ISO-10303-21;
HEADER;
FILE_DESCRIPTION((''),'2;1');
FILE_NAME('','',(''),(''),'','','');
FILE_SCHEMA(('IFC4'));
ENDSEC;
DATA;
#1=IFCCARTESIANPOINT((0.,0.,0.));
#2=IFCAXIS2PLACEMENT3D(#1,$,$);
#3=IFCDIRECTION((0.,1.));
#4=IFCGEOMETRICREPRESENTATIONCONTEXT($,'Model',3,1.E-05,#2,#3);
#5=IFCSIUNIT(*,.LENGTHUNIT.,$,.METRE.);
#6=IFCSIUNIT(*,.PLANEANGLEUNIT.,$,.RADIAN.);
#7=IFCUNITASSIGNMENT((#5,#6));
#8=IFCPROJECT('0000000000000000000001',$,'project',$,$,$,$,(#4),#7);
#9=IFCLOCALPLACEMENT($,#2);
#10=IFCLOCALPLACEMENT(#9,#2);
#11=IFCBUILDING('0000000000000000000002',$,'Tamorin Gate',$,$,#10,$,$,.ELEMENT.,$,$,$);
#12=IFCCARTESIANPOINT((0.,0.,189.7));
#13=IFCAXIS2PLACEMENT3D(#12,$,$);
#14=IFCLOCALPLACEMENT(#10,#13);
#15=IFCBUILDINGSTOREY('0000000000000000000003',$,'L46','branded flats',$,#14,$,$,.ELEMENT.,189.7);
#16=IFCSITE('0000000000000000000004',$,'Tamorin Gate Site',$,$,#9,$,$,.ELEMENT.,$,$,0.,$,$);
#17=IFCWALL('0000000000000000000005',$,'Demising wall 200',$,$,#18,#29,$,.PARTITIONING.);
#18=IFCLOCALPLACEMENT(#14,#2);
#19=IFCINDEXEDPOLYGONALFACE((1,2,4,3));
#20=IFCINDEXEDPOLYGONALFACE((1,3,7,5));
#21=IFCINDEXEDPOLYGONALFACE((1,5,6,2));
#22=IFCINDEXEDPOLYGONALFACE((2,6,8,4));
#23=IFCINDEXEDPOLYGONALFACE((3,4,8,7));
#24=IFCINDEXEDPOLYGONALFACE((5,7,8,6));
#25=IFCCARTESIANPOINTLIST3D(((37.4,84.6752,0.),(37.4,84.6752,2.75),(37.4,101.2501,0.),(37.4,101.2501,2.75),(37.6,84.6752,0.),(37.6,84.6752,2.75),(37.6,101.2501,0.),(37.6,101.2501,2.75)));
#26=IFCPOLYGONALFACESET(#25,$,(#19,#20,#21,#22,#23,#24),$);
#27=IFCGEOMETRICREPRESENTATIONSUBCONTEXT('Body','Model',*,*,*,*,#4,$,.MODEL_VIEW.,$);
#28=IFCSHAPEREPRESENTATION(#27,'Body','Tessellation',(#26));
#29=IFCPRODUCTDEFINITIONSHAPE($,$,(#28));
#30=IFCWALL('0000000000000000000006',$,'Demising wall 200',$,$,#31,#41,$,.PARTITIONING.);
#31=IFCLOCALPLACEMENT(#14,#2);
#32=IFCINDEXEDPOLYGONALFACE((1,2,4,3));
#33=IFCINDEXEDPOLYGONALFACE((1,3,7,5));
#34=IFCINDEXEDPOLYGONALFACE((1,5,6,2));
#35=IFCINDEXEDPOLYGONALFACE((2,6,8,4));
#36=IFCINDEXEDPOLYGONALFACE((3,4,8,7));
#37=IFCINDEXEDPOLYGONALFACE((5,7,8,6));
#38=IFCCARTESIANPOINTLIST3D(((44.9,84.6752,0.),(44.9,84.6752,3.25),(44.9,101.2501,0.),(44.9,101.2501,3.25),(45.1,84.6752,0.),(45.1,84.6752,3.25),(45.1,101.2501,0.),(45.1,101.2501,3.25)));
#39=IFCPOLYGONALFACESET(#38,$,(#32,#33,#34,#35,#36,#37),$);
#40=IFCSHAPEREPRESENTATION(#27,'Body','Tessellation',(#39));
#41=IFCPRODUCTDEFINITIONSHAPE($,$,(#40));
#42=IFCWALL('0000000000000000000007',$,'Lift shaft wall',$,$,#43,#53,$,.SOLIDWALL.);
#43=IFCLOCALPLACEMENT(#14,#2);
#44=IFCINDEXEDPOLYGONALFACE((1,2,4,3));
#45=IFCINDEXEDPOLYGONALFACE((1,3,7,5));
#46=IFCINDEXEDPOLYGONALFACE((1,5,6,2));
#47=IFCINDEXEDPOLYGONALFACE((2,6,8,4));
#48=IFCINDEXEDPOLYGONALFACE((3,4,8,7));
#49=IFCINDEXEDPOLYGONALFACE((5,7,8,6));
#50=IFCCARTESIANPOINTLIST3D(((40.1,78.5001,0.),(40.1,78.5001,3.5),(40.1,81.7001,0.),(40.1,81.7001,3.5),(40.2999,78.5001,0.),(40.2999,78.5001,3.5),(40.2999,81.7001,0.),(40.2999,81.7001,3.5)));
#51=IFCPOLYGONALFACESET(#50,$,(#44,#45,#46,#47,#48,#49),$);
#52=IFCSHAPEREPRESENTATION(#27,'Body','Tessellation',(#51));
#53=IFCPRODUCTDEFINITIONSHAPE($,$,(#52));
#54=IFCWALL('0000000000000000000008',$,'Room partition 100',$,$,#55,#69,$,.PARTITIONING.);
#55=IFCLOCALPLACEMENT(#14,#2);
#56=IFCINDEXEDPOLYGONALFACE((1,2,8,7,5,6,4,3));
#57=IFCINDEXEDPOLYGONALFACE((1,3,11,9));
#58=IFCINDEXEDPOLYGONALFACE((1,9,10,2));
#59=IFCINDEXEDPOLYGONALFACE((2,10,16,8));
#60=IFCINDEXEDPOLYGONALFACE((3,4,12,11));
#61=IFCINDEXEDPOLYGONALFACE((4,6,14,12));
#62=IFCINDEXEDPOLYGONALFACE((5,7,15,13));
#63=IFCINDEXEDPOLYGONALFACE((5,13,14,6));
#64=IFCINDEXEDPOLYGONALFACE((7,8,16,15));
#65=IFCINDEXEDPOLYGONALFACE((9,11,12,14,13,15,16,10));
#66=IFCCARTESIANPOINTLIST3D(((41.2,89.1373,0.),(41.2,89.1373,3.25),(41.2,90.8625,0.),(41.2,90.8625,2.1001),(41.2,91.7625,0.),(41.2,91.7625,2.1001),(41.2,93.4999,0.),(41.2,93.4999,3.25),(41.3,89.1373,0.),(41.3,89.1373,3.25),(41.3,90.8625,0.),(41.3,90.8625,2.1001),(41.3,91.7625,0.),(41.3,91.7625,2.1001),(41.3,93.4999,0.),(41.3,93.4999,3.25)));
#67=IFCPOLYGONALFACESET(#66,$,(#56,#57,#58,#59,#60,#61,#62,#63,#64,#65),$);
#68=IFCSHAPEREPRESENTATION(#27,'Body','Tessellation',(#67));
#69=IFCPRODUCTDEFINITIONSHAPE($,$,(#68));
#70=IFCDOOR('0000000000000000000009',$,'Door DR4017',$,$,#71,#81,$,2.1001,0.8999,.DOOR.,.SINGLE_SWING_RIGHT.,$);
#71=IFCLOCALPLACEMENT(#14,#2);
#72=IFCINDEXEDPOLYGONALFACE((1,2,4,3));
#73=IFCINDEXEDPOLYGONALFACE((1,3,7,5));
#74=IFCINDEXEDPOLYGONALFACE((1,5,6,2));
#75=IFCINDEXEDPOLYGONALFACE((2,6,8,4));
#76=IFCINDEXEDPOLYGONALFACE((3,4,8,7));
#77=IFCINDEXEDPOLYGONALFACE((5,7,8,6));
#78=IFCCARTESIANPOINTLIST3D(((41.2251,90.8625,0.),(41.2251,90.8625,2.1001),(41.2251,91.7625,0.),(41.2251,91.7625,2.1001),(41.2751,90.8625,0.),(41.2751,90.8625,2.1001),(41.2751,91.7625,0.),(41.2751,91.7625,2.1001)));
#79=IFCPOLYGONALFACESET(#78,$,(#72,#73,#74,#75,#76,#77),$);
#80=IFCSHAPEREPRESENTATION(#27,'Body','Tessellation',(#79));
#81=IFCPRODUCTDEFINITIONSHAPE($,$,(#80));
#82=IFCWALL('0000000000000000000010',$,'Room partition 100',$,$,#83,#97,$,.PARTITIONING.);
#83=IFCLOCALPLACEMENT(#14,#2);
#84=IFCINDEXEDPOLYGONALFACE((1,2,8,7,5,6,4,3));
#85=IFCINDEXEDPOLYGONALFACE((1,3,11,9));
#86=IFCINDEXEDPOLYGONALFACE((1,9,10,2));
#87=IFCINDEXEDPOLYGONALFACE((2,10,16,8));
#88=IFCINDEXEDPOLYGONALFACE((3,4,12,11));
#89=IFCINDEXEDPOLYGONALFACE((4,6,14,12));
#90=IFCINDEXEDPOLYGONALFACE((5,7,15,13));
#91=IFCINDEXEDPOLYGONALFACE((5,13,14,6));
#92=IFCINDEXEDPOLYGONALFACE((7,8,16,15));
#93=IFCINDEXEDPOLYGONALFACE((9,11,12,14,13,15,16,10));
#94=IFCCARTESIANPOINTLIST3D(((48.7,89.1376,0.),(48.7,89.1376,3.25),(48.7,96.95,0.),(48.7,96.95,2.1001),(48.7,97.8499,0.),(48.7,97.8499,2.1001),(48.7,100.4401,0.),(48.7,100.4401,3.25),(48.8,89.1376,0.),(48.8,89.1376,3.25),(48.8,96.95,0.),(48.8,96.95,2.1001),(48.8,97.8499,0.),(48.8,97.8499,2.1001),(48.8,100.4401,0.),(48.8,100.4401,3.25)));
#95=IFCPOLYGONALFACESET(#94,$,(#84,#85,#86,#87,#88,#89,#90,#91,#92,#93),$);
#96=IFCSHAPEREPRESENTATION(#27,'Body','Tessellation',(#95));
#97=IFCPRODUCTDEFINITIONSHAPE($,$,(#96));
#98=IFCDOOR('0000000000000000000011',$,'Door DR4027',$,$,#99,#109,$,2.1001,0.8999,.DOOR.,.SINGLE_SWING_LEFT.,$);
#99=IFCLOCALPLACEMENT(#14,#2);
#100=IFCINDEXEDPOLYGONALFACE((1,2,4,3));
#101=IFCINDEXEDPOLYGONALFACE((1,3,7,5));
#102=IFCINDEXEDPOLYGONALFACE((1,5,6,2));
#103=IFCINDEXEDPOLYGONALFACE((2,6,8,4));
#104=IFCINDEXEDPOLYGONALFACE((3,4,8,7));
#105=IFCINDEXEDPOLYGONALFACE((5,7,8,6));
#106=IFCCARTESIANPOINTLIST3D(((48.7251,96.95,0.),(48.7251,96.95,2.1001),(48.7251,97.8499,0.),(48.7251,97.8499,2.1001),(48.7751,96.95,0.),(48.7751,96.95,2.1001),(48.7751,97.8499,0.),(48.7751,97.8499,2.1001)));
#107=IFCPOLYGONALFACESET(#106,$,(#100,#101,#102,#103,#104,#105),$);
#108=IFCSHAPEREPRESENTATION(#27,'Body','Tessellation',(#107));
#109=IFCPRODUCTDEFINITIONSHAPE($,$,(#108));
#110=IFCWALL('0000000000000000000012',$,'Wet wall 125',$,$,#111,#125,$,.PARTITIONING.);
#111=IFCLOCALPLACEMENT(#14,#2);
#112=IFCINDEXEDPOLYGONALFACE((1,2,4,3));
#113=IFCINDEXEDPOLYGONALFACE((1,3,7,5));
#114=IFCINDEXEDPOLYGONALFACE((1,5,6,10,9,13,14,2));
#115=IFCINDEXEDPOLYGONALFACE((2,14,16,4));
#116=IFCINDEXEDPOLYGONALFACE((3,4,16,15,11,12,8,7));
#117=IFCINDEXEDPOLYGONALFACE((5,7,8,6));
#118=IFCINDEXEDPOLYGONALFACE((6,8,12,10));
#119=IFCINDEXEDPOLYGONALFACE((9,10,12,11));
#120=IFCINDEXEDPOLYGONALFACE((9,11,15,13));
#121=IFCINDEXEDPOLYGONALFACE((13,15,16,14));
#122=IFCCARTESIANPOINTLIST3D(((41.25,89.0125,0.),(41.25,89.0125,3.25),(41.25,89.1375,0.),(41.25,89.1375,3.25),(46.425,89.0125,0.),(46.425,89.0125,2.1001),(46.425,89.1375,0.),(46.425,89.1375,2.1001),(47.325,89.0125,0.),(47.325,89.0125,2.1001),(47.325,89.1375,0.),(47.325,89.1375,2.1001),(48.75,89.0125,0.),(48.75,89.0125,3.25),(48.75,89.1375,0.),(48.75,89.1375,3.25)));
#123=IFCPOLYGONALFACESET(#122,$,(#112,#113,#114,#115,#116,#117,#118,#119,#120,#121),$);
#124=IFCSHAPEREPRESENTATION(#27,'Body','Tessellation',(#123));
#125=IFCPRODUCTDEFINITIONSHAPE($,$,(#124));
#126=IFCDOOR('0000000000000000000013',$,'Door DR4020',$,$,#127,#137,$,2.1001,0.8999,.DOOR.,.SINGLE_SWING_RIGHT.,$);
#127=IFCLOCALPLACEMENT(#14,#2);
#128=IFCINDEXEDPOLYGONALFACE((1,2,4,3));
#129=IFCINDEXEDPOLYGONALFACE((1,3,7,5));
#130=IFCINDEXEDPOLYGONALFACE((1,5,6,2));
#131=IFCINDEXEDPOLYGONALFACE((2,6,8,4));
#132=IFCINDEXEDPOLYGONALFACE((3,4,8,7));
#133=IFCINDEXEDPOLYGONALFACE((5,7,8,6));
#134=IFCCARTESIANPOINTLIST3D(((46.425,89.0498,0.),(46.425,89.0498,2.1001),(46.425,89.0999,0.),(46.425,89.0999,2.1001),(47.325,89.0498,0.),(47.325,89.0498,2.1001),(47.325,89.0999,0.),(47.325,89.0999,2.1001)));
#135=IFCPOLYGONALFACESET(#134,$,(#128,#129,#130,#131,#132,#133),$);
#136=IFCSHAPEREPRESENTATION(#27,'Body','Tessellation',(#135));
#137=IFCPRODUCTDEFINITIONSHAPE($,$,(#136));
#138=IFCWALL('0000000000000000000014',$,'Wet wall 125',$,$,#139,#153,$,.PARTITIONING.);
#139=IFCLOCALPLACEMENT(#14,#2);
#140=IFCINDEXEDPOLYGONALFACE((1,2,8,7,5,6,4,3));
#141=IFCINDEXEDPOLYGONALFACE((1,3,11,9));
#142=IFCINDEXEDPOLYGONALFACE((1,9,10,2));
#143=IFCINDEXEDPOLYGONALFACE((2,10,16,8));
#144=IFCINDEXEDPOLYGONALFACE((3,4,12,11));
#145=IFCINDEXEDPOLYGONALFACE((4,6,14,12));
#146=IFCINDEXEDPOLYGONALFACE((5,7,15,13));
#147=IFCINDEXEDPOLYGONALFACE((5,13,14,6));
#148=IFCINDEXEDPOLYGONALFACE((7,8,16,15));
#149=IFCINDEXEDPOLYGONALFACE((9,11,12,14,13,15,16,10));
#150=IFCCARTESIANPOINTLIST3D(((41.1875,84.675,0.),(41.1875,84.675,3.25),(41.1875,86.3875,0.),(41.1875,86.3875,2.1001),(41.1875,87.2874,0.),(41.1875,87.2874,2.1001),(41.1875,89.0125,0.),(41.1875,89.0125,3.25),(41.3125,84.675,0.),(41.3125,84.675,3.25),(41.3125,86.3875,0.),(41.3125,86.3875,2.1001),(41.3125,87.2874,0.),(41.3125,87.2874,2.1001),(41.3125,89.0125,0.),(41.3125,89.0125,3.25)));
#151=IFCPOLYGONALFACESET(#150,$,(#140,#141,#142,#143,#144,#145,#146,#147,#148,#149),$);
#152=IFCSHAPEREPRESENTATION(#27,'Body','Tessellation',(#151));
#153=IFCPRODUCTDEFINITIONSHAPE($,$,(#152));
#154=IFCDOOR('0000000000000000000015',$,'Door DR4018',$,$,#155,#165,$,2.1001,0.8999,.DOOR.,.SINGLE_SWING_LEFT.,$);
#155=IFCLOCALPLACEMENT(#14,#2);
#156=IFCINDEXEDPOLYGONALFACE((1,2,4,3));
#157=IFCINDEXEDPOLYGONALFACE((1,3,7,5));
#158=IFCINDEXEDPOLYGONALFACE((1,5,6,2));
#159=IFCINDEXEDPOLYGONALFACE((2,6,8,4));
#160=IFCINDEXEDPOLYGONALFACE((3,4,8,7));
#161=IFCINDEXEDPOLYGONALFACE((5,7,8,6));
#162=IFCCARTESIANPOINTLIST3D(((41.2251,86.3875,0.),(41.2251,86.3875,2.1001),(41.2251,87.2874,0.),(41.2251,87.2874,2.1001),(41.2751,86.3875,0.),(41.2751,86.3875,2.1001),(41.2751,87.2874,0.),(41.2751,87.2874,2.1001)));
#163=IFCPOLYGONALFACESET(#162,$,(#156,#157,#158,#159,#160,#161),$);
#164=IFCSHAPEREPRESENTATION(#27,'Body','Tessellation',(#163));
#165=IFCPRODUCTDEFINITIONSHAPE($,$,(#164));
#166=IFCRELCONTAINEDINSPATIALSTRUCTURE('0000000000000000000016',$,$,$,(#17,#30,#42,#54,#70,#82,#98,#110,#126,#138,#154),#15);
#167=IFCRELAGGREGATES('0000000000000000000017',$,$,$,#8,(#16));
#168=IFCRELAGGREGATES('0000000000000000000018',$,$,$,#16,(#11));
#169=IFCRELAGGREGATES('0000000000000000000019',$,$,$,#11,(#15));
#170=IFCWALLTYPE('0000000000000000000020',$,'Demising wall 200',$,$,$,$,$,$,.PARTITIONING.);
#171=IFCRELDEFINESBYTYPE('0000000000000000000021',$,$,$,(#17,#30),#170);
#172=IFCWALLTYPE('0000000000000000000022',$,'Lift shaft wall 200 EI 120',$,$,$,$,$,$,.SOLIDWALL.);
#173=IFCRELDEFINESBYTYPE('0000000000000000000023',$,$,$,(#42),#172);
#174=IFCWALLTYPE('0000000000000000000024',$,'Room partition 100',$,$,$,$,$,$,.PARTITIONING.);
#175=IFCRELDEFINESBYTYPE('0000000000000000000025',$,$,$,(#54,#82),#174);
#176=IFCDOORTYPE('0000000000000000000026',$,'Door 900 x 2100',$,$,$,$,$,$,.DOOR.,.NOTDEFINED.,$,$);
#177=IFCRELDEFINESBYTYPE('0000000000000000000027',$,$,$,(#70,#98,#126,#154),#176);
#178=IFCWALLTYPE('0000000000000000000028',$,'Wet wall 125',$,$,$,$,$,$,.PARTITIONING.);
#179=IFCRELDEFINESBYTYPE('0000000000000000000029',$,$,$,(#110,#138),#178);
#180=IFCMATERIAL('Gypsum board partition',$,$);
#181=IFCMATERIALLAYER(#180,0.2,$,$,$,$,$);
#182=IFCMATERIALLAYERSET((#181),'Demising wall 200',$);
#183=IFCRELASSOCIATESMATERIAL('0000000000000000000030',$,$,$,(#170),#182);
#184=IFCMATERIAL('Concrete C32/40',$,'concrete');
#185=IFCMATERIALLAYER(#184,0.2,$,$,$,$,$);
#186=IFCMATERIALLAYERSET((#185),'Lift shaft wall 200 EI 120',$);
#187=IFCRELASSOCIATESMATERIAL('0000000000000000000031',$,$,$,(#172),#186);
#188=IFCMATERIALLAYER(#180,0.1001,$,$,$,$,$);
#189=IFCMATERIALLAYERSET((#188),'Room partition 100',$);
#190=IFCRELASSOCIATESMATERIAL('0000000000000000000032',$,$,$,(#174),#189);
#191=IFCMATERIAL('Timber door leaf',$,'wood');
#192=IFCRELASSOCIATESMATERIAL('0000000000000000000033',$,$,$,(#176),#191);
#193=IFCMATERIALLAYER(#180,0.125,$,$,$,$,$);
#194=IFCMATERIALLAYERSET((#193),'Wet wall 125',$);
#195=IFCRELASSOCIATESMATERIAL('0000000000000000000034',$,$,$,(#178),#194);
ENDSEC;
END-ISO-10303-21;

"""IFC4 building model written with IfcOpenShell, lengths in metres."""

from ifc_helpers import new_model, si_unit, direction, frame, frame_2d, origin, place, context, subcontext, project, spatial, rectangle, extrude, material, layer, layer_set, type_object, element, fill, save


model = new_model("IFC4")

# Units and contexts
model_context = context("Model", 3, precision=1e-05, world=origin(), true_north=direction((0.0, 1.0)))
body_context = subcontext(model_context, "Body", "Model", "MODEL_VIEW")
ifc_project = project(units=[si_unit("LENGTHUNIT", "METRE"), si_unit("PLANEANGLEUNIT", "RADIAN")], contexts=[model_context])

# Site, building, storey
site_placement = place(None, origin())
site = spatial("IfcSite", under=ifc_project, at=site_placement, Name="Tamorin Gate Site", CompositionType="ELEMENT", RefElevation=0.0)
building_placement = place(site_placement, origin())
building = spatial("IfcBuilding", under=site, at=building_placement, Name="Tamorin Gate", CompositionType="ELEMENT")
storey_placement = place(building_placement, frame((0.0, 0.0, 189.7)))
storey = spatial("IfcBuildingStorey", under=building, at=storey_placement, Name="L46", Description="branded flats", CompositionType="ELEMENT", Elevation=189.7)

# Walls
ifc_material_1 = material(Name="Gypsum board partition")
ifc_layer_1 = layer(ifc_material_1, 0.2)
ifc_layer_set_1 = layer_set([ifc_layer_1], Name="Demising wall 200")
wall_type_1 = type_object("IfcWallType", Name="Demising wall 200", PredefinedType="PARTITIONING", material=ifc_layer_set_1)
wall_1_placement = place(storey_placement, frame((37.5, 84.675, 0.0), z_axis=(0.0, 0.0, 1.0), x_axis=(0.0, 1.0, 0.0)))
element("IfcWall", 1, at=wall_1_placement, inside=storey, type_object=wall_type_1, Name="Demising wall 200", PredefinedType="PARTITIONING", context=body_context, shape_type="SweptSolid", body=[
    extrude(rectangle(XDim=16.575, YDim=0.2, at=frame_2d((8.2876, 0.0))), origin(), (0.0, 0.0, 1.0), 2.75),
])
wall_2_placement = place(storey_placement, frame((45.0, 84.675, 0.0), z_axis=(0.0, 0.0, 1.0), x_axis=(0.0, 1.0, 0.0)))
element("IfcWall", 2, at=wall_2_placement, inside=storey, type_object=wall_type_1, Name="Demising wall 200", PredefinedType="PARTITIONING", context=body_context, shape_type="SweptSolid", body=[
    extrude(rectangle(XDim=16.575, YDim=0.2, at=frame_2d((8.2876, 0.0))), origin(), (0.0, 0.0, 1.0), 3.25),
])
ifc_material_2 = material(Name="Concrete C32/40", Category="concrete")
ifc_layer_2 = layer(ifc_material_2, 0.2)
ifc_layer_set_2 = layer_set([ifc_layer_2], Name="Lift shaft wall 200 EI 120")
wall_type_2 = type_object("IfcWallType", Name="Lift shaft wall 200 EI 120", PredefinedType="SOLIDWALL", material=ifc_layer_set_2)
wall_3_placement = place(storey_placement, frame((40.2, 78.5, 0.0), z_axis=(0.0, 0.0, 1.0), x_axis=(0.0, 1.0, 0.0)))
element("IfcWall", 3, at=wall_3_placement, inside=storey, type_object=wall_type_2, Name="Lift shaft wall", PredefinedType="SOLIDWALL", context=body_context, shape_type="SweptSolid", body=[
    extrude(rectangle(XDim=3.2, YDim=0.2, at=frame_2d((1.6001, 0.0))), origin(), (0.0, 0.0, 1.0), 3.5),
])

# Walls, openings, doors
ifc_layer_3 = layer(ifc_material_1, 0.1001)
ifc_layer_set_3 = layer_set([ifc_layer_3], Name="Room partition 100")
wall_type_3 = type_object("IfcWallType", Name="Room partition 100", PredefinedType="PARTITIONING", material=ifc_layer_set_3)
wall_4_placement = place(storey_placement, frame((41.25, 89.1375, 0.0), z_axis=(0.0, 0.0, 1.0), x_axis=(0.0, 1.0, 0.0)))
wall_4 = element("IfcWall", 4, at=wall_4_placement, inside=storey, type_object=wall_type_3, Name="Room partition 100", PredefinedType="PARTITIONING", context=body_context, shape_type="SweptSolid", body=[
    extrude(rectangle(XDim=4.3625, YDim=0.1001, at=frame_2d((2.1812, 0.0))), origin(), (0.0, 0.0, 1.0), 3.25),
])
opening_1_placement = place(wall_4_placement, frame((1.7251, 0.0, 0.0)))
opening_1 = element("IfcOpeningElement", 5, at=opening_1_placement, cuts=wall_4, PredefinedType="OPENING", context=body_context, shape_type="SweptSolid", body=[
    extrude(rectangle(XDim=0.8999, YDim=2.1001, at=frame_2d((0.45, 1.05))), frame((0.0, 0.0601, 0.0), z_axis=(0.0, -1.0, 0.0), x_axis=(1.0, 0.0, 0.0)), (0.0, 0.0, 1.0), 0.1201),
])
ifc_material_3 = material(Name="Timber door leaf", Category="wood")
door_type = type_object("IfcDoorType", Name="Door 900 x 2100", OperationType="NOTDEFINED", PredefinedType="DOOR", material=ifc_material_3)
door_1_placement = place(opening_1_placement, origin())
door_1 = element("IfcDoor", 6, at=door_1_placement, inside=storey, type_object=door_type, Name="Door DR4017", OperationType="SINGLE_SWING_RIGHT", OverallHeight=2.1001, OverallWidth=0.8999, PredefinedType="DOOR", context=body_context, shape_type="SweptSolid", body=[
    extrude(rectangle(XDim=0.8999, YDim=2.1001, at=frame_2d((0.45, 1.05))), frame((0.0, 0.0249, 0.0), z_axis=(0.0, -1.0, 0.0), x_axis=(1.0, 0.0, 0.0)), (0.0, 0.0, 1.0), 0.05),
])
fill(opening_1, door_1)
wall_5_placement = place(storey_placement, frame((48.75, 89.1375, 0.0), z_axis=(0.0, 0.0, 1.0), x_axis=(0.0, 1.0, 0.0)))
wall_5 = element("IfcWall", 7, at=wall_5_placement, inside=storey, type_object=wall_type_3, Name="Room partition 100", PredefinedType="PARTITIONING", context=body_context, shape_type="SweptSolid", body=[
    extrude(rectangle(XDim=11.3025, YDim=0.1001, at=frame_2d((5.6514, 0.0))), origin(), (0.0, 0.0, 1.0), 3.25),
])
opening_2_placement = place(wall_5_placement, frame((7.8125, 0.0, 0.0)))
opening_2 = element("IfcOpeningElement", 8, at=opening_2_placement, cuts=wall_5, PredefinedType="OPENING", context=body_context, shape_type="SweptSolid", body=[
    extrude(rectangle(XDim=0.8999, YDim=2.1001, at=frame_2d((0.45, 1.05))), frame((0.0, 0.0601, 0.0), z_axis=(0.0, -1.0, 0.0), x_axis=(1.0, 0.0, 0.0)), (0.0, 0.0, 1.0), 0.1201),
])
door_2_placement = place(opening_2_placement, origin())
door_2 = element("IfcDoor", 9, at=door_2_placement, inside=storey, type_object=door_type, Name="Door DR4027", OperationType="SINGLE_SWING_LEFT", OverallHeight=2.1001, OverallWidth=0.8999, PredefinedType="DOOR", context=body_context, shape_type="SweptSolid", body=[
    extrude(rectangle(XDim=0.8999, YDim=2.1001, at=frame_2d((0.45, 1.05))), frame((0.0, 0.0249, 0.0), z_axis=(0.0, -1.0, 0.0), x_axis=(1.0, 0.0, 0.0)), (0.0, 0.0, 1.0), 0.05),
])
fill(opening_2, door_2)
ifc_layer_4 = layer(ifc_material_1, 0.125)
ifc_layer_set_4 = layer_set([ifc_layer_4], Name="Wet wall 125")
wall_type_4 = type_object("IfcWallType", Name="Wet wall 125", PredefinedType="PARTITIONING", material=ifc_layer_set_4)
wall_6_placement = place(storey_placement, frame((41.25, 89.075, 0.0), z_axis=(0.0, 0.0, 1.0), x_axis=(1.0, 0.0, 0.0)))
wall_6 = element("IfcWall", 10, at=wall_6_placement, inside=storey, type_object=wall_type_4, Name="Wet wall 125", PredefinedType="PARTITIONING", context=body_context, shape_type="SweptSolid", body=[
    extrude(rectangle(XDim=7.5, YDim=0.125, at=frame_2d((3.75, 0.0))), origin(), (0.0, 0.0, 1.0), 3.25),
])
opening_3_placement = place(wall_6_placement, frame((5.175, 0.0, 0.0)))
opening_3 = element("IfcOpeningElement", 11, at=opening_3_placement, cuts=wall_6, PredefinedType="OPENING", context=body_context, shape_type="SweptSolid", body=[
    extrude(rectangle(XDim=0.8999, YDim=2.1001, at=frame_2d((0.45, 1.05))), frame((0.0, 0.0725, 0.0), z_axis=(0.0, -1.0, 0.0), x_axis=(1.0, 0.0, 0.0)), (0.0, 0.0, 1.0), 0.145),
])
door_3_placement = place(opening_3_placement, origin())
door_3 = element("IfcDoor", 12, at=door_3_placement, inside=storey, type_object=door_type, Name="Door DR4020", OperationType="SINGLE_SWING_RIGHT", OverallHeight=2.1001, OverallWidth=0.8999, PredefinedType="DOOR", context=body_context, shape_type="SweptSolid", body=[
    extrude(rectangle(XDim=0.8999, YDim=2.1001, at=frame_2d((0.45, 1.05))), frame((0.0, 0.0249, 0.0), z_axis=(0.0, -1.0, 0.0), x_axis=(1.0, 0.0, 0.0)), (0.0, 0.0, 1.0), 0.05),
])
fill(opening_3, door_3)
wall_7_placement = place(storey_placement, frame((41.25, 84.675, 0.0), z_axis=(0.0, 0.0, 1.0), x_axis=(0.0, 1.0, 0.0)))
wall_7 = element("IfcWall", 13, at=wall_7_placement, inside=storey, type_object=wall_type_4, Name="Wet wall 125", PredefinedType="PARTITIONING", context=body_context, shape_type="SweptSolid", body=[
    extrude(rectangle(XDim=4.3374, YDim=0.125, at=frame_2d((2.1687, 0.0))), origin(), (0.0, 0.0, 1.0), 3.25),
])
opening_4_placement = place(wall_7_placement, frame((1.7124, 0.0, 0.0)))
opening_4 = element("IfcOpeningElement", 14, at=opening_4_placement, cuts=wall_7, PredefinedType="OPENING", context=body_context, shape_type="SweptSolid", body=[
    extrude(rectangle(XDim=0.8999, YDim=2.1001, at=frame_2d((0.45, 1.05))), frame((0.0, 0.0725, 0.0), z_axis=(0.0, -1.0, 0.0), x_axis=(1.0, 0.0, 0.0)), (0.0, 0.0, 1.0), 0.145),
])
door_4_placement = place(opening_4_placement, origin())
door_4 = element("IfcDoor", 15, at=door_4_placement, inside=storey, type_object=door_type, Name="Door DR4018", OperationType="SINGLE_SWING_LEFT", OverallHeight=2.1001, OverallWidth=0.8999, PredefinedType="DOOR", context=body_context, shape_type="SweptSolid", body=[
    extrude(rectangle(XDim=0.8999, YDim=2.1001, at=frame_2d((0.45, 1.05))), frame((0.0, 0.0249, 0.0), z_axis=(0.0, -1.0, 0.0), x_axis=(1.0, 0.0, 0.0)), (0.0, 0.0, 1.0), 0.05),
])
fill(opening_4, door_4)

save(model, "model.ifc")
